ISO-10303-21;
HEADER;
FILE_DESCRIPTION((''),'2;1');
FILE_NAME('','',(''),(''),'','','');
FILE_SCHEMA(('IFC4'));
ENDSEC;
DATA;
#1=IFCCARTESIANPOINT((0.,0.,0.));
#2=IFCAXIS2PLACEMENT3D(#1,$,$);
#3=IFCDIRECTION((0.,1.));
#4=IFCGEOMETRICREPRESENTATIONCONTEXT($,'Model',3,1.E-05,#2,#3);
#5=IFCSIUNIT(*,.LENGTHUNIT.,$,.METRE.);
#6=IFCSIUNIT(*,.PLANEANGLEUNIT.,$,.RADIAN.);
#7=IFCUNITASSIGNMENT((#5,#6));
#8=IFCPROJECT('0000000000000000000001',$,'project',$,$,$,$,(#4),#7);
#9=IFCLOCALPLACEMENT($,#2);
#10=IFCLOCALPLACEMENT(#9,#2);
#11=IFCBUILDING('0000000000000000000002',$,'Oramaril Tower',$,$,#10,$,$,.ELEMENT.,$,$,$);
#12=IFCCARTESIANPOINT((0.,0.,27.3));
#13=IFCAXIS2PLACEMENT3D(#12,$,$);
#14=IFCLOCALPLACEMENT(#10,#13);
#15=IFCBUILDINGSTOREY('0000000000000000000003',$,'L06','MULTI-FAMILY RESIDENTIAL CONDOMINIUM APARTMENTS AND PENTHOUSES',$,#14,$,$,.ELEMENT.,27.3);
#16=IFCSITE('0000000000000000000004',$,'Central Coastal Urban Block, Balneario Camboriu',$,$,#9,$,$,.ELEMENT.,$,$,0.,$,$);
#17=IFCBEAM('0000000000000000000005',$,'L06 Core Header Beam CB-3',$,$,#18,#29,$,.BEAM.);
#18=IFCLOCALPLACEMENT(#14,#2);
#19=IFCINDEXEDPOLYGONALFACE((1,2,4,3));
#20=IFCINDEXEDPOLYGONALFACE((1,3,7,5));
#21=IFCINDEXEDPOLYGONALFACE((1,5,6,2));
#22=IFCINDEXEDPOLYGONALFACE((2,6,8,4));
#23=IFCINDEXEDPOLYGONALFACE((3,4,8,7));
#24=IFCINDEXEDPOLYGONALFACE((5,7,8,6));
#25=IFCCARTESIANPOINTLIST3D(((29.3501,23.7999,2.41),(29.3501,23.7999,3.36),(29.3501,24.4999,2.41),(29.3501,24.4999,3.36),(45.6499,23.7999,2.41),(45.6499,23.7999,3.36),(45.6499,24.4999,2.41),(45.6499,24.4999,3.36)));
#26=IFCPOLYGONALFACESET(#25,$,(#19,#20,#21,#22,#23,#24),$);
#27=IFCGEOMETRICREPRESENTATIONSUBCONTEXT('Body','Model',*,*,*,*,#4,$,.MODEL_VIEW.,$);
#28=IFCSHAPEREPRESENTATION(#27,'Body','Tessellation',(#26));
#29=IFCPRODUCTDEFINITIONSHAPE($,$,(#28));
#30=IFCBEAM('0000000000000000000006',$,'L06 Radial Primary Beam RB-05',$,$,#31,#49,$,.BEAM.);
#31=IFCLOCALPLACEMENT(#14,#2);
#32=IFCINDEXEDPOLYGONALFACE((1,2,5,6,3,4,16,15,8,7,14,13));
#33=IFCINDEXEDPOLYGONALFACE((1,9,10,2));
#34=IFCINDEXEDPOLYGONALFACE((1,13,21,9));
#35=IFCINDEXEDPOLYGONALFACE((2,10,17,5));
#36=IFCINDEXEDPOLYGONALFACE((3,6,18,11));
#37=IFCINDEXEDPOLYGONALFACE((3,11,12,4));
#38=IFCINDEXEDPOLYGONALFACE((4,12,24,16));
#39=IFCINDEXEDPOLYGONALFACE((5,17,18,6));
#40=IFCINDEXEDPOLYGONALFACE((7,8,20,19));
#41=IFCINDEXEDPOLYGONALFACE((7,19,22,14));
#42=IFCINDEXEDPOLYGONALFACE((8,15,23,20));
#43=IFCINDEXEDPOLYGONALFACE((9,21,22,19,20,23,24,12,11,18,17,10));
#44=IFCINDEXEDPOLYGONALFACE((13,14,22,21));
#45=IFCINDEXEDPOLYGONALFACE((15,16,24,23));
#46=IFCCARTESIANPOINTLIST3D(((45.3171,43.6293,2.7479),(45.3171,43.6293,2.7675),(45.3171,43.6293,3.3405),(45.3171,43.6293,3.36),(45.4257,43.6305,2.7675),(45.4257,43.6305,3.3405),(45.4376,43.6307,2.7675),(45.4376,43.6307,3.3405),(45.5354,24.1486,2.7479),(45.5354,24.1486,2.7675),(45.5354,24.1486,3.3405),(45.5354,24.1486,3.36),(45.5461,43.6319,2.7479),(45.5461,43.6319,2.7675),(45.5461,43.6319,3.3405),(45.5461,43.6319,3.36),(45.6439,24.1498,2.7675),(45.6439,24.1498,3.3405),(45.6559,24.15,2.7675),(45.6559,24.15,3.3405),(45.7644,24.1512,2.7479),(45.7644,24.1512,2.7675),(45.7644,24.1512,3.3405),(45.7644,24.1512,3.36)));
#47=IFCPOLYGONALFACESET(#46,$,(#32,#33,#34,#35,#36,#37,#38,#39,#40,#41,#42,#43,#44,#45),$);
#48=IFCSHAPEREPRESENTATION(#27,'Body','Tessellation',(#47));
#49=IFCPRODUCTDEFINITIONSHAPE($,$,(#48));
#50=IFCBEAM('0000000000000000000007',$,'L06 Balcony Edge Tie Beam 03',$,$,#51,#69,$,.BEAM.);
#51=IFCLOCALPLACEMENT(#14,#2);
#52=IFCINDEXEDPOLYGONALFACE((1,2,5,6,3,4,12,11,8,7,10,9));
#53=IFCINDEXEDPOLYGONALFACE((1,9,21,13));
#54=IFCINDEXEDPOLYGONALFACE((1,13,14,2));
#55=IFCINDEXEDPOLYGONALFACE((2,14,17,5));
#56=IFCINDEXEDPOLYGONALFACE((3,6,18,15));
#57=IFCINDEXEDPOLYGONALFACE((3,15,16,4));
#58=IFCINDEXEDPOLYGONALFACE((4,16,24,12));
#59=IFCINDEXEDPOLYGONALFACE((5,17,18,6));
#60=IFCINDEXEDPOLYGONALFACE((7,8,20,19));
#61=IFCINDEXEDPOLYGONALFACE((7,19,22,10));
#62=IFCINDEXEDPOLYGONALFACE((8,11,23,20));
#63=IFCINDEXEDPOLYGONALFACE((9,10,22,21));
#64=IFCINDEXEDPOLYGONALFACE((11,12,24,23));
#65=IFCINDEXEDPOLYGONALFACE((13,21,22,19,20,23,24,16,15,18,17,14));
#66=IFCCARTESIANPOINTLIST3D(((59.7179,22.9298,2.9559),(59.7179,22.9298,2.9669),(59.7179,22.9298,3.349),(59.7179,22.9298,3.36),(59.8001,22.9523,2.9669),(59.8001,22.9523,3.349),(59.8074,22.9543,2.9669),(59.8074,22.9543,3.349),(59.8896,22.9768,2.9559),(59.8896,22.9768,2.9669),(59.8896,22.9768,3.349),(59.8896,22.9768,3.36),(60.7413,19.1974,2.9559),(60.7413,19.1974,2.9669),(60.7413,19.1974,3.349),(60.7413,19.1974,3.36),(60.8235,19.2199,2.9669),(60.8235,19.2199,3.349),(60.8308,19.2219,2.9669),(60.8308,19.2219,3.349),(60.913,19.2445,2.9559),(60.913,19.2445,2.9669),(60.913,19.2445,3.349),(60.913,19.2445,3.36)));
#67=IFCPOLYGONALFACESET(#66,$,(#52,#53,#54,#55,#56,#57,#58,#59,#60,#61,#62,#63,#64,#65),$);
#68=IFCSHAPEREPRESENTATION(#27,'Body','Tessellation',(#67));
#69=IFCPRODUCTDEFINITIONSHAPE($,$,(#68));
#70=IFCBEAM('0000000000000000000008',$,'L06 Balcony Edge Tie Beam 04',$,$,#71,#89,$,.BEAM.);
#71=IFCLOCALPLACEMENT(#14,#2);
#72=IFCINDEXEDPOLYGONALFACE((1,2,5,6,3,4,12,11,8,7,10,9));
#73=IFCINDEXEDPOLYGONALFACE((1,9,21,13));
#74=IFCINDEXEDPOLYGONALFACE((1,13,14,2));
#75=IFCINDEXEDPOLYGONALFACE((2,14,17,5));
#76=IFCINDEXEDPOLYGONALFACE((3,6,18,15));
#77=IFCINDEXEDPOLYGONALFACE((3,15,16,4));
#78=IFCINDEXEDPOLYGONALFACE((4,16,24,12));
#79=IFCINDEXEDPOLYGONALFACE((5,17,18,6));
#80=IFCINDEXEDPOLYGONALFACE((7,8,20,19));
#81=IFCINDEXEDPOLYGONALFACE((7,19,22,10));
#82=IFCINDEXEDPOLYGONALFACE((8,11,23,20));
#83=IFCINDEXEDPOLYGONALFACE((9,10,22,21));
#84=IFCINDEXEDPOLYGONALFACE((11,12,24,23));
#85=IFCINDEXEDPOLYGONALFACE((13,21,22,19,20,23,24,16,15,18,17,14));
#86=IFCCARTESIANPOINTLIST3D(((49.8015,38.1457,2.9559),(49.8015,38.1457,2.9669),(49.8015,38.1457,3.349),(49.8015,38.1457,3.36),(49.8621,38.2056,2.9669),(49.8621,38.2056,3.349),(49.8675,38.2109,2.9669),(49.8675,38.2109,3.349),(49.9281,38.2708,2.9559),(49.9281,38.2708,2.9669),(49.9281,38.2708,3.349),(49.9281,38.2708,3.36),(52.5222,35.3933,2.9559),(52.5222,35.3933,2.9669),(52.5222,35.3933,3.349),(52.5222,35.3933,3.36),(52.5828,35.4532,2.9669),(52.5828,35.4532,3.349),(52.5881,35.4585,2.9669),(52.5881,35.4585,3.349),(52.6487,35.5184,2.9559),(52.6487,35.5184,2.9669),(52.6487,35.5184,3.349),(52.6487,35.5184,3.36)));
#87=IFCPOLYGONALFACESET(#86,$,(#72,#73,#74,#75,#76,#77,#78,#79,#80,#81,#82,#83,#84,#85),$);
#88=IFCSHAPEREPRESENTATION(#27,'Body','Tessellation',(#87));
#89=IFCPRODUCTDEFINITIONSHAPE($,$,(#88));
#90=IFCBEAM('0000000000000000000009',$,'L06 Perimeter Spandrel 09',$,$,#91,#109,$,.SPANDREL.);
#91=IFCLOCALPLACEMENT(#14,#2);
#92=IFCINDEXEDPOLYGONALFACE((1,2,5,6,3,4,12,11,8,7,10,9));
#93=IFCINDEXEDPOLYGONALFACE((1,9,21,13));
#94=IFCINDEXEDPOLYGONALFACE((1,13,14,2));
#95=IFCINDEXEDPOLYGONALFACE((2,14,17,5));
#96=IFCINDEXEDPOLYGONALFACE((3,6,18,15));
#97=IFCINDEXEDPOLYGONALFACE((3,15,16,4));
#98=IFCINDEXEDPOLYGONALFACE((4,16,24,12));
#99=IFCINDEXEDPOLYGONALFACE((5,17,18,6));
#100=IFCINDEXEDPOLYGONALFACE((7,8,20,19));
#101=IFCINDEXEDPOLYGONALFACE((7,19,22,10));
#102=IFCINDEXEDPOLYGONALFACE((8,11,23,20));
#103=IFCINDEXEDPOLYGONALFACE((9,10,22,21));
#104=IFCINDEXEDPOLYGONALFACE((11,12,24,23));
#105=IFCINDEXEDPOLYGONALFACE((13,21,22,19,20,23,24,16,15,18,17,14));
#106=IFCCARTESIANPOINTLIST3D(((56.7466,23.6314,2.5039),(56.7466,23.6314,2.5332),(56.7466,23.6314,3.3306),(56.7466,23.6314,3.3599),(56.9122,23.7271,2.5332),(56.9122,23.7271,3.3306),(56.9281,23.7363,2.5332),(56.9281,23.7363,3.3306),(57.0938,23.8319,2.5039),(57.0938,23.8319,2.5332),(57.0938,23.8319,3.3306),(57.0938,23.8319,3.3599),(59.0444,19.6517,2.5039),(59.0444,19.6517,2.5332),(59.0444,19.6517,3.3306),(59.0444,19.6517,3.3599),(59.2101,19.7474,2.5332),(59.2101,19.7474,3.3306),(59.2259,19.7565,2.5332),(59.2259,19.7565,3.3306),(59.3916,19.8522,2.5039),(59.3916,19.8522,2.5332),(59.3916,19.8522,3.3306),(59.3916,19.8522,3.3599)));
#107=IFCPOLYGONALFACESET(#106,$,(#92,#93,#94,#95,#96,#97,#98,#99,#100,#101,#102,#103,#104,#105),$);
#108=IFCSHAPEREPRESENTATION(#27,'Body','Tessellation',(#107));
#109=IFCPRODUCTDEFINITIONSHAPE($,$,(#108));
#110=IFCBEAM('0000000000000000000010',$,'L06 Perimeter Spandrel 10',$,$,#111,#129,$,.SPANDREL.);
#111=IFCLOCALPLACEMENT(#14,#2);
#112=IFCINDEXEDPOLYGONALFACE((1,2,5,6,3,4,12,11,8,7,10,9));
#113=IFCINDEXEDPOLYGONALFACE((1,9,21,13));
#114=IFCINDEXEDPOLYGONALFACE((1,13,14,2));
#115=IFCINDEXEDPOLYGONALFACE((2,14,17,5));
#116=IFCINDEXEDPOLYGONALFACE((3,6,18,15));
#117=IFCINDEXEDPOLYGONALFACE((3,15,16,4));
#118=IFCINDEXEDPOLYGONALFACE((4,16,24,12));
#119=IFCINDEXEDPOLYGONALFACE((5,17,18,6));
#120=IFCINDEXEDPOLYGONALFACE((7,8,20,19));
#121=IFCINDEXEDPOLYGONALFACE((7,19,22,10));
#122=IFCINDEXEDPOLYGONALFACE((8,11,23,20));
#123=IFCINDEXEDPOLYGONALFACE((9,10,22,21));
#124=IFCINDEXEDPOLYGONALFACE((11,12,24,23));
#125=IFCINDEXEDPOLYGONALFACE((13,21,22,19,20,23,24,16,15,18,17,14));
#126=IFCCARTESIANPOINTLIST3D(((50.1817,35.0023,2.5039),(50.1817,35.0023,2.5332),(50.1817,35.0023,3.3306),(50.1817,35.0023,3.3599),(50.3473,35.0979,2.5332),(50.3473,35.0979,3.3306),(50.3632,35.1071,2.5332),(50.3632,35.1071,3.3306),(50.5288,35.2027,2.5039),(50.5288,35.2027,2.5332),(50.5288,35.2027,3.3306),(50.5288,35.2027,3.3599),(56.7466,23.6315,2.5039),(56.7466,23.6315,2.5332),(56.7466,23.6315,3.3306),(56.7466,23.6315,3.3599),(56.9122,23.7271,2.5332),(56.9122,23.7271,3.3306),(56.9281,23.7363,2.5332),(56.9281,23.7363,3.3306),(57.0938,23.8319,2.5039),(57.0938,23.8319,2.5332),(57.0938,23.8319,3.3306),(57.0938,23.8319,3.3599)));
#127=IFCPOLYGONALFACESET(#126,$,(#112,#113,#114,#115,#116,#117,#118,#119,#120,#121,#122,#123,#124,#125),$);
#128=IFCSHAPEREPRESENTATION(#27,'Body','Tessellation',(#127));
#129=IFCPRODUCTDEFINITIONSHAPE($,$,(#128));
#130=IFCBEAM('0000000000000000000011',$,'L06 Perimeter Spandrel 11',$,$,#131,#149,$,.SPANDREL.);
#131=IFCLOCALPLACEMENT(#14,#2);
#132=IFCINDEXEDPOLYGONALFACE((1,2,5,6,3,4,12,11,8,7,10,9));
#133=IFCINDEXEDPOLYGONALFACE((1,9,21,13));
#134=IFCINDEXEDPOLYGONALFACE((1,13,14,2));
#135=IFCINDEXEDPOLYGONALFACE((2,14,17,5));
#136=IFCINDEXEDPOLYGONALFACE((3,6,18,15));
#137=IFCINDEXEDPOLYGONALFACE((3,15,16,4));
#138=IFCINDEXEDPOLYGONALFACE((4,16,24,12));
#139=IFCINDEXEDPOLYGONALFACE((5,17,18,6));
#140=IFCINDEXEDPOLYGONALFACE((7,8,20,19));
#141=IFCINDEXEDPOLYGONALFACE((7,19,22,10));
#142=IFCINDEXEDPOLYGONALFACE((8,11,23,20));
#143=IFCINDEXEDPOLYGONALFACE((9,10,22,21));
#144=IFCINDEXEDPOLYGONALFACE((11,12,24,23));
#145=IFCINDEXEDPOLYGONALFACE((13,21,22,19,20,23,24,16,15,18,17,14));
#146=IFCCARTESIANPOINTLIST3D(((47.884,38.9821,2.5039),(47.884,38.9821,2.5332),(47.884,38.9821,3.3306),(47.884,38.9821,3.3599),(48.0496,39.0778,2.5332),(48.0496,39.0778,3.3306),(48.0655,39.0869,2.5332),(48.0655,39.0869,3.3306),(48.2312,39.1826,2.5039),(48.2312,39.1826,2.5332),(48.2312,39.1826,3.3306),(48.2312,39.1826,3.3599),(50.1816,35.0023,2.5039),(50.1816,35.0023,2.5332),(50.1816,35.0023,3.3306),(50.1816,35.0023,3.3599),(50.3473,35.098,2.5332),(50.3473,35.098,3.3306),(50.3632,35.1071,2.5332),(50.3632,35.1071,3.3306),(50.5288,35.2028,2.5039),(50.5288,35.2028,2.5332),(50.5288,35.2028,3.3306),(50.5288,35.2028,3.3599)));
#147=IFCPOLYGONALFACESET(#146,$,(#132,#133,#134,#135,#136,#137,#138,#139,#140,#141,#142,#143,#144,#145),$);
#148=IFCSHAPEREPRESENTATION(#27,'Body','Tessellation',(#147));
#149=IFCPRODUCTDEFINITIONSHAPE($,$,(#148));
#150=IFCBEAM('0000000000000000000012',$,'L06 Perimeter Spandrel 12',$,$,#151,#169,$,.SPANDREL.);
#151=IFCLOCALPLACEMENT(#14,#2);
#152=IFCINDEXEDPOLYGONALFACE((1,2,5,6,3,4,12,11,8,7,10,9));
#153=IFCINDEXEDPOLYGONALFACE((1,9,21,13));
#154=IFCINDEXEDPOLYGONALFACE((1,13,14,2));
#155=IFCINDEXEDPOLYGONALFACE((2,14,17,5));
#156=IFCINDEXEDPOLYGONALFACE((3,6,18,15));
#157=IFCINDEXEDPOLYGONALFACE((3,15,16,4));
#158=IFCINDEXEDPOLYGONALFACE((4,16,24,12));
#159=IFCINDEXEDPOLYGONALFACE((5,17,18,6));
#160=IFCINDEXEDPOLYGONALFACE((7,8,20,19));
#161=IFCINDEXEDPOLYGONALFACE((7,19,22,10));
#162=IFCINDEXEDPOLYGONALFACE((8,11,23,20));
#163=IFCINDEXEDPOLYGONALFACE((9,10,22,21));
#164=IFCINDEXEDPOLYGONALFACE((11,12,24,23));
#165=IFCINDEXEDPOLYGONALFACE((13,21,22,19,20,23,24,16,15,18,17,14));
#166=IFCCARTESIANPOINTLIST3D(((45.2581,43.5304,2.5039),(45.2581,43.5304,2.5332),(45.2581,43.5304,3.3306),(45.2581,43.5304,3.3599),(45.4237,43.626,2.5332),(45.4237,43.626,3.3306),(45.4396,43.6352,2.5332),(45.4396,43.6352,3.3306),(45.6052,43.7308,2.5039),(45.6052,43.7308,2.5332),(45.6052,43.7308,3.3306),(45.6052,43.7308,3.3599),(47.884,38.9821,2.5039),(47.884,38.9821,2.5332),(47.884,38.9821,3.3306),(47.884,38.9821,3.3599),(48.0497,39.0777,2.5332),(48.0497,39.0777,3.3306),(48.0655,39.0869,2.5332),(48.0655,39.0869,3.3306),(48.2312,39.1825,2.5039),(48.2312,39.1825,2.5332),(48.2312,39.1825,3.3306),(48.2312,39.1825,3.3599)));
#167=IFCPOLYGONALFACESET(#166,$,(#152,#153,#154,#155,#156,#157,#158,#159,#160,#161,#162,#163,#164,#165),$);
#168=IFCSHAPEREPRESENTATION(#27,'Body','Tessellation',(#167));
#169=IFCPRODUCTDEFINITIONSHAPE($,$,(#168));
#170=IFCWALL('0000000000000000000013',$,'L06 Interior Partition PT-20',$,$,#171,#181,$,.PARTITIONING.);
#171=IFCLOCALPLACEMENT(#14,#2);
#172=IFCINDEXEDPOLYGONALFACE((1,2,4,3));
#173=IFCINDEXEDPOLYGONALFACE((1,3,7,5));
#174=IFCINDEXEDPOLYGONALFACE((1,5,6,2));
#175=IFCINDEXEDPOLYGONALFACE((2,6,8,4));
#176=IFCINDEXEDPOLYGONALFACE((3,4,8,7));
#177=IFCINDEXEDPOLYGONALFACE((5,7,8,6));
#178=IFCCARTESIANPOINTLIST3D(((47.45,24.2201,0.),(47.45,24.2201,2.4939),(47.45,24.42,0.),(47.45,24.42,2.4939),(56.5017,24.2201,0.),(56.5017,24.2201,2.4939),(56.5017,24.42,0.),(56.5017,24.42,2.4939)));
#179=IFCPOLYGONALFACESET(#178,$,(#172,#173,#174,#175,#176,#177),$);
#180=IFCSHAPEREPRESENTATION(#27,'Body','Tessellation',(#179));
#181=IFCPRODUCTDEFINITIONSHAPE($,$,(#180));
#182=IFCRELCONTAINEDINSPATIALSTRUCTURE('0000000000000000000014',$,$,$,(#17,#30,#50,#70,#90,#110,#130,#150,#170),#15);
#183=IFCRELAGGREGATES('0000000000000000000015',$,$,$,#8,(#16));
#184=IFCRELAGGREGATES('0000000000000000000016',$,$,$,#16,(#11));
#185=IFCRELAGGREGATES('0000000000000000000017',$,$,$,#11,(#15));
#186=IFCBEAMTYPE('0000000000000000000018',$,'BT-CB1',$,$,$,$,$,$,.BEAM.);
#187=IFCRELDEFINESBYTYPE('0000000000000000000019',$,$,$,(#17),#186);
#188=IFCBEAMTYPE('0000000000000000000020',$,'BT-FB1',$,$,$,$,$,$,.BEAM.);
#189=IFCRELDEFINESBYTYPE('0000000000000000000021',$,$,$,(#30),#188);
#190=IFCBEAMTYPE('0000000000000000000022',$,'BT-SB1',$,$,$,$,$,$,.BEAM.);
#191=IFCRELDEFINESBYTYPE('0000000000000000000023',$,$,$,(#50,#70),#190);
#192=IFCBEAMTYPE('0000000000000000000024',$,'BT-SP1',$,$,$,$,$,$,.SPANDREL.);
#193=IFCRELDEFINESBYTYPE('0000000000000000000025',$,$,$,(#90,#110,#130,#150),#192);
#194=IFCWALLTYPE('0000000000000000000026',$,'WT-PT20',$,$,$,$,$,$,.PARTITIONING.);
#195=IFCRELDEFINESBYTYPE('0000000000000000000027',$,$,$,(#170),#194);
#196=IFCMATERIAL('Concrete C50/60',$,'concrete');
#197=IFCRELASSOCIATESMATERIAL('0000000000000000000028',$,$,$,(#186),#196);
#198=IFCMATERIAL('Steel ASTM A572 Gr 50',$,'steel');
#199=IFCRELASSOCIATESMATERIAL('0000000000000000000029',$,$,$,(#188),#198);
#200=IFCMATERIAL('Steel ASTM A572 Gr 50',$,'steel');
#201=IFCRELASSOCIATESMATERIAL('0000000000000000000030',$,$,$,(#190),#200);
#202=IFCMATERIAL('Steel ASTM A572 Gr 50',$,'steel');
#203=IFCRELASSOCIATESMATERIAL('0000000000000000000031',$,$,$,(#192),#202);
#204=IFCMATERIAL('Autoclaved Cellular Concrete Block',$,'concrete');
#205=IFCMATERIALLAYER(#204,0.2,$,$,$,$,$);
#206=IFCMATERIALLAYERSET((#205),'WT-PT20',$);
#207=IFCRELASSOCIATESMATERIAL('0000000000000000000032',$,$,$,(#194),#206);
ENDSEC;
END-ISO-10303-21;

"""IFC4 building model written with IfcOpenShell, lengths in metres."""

from ifc_helpers import new_model, si_unit, direction, frame, frame_2d, origin, origin_2d, place, context, subcontext, project, spatial, rectangle, i_section, extrude, material, layer, layer_set, material_profile, profile_set, type_object, element, save


model = new_model("IFC4")

# Units and contexts
model_context = context("Model", 3, precision=1e-05, world=origin(), true_north=direction((0.0, 1.0)))
body_context = subcontext(model_context, "Body", "Model", "MODEL_VIEW")
ifc_project = project(units=[si_unit("LENGTHUNIT", "METRE"), si_unit("PLANEANGLEUNIT", "RADIAN")], contexts=[model_context])

# Site, building, storey
site_placement = place(None, origin())
site = spatial("IfcSite", under=ifc_project, at=site_placement, Name="Central Coastal Urban Block, Balneario Camboriu", CompositionType="ELEMENT", RefElevation=0.0)
building_placement = place(site_placement, origin())
building = spatial("IfcBuilding", under=site, at=building_placement, Name="Oramaril Tower", CompositionType="ELEMENT")
storey_placement = place(building_placement, frame((0.0, 0.0, 27.3)))
storey = spatial("IfcBuildingStorey", under=building, at=storey_placement, Name="L06", Description="MULTI-FAMILY RESIDENTIAL CONDOMINIUM APARTMENTS AND PENTHOUSES", CompositionType="ELEMENT", Elevation=27.3)

# Beams
ifc_material_1 = material(Name="Concrete C50/60", Category="concrete")
ifc_material_profile_1 = material_profile(ifc_material_1, rectangle(XDim=0.7, YDim=0.95, at=origin_2d()), Name="CB700X950")
ifc_profile_set_1 = profile_set([ifc_material_profile_1], Name="Concrete C50/60")
beam_type_1 = type_object("IfcBeamType", Name="BT-CB1", PredefinedType="BEAM", material=ifc_profile_set_1)
beam_1_placement = place(storey_placement, frame((45.6499, 24.1499, 2.885), z_axis=(-1.0, 0.0, 0.0), x_axis=(0.0, -1.0, 0.0)))
element("IfcBeam", 1, at=beam_1_placement, inside=storey, type_object=beam_type_1, Name="L06 Core Header Beam CB-3", PredefinedType="BEAM", context=body_context, shape_type="SweptSolid", body=[
    extrude(rectangle(XDim=0.7, YDim=0.95, at=origin_2d()), origin(), (0.0, 0.0, 1.0), 16.2998),
])
ifc_material_2 = material(Name="Steel ASTM A572 Gr 50", Category="steel")
ifc_material_profile_2 = material_profile(ifc_material_2, i_section(OverallWidth=0.229, OverallDepth=0.6121, WebThickness=0.012, FlangeThickness=0.0195, at=origin_2d()), Name="W24X84")
ifc_profile_set_2 = profile_set([ifc_material_profile_2], Name="Steel ASTM A572 Gr 50")
beam_type_2 = type_object("IfcBeamType", Name="BT-FB1", PredefinedType="BEAM", material=ifc_profile_set_2)
beam_2_placement = place(storey_placement, frame((45.6499, 24.1499, 3.054), z_axis=(-0.011203, 0.999937, 0.0), x_axis=(-0.999937, -0.011203, 0.0)))
element("IfcBeam", 2, at=beam_2_placement, inside=storey, type_object=beam_type_2, Name="L06 Radial Primary Beam RB-05", PredefinedType="BEAM", context=body_context, shape_type="SweptSolid", body=[
    extrude(i_section(OverallWidth=0.229, OverallDepth=0.6121, WebThickness=0.012, FlangeThickness=0.0195, at=origin_2d()), origin(), (0.0, 0.0, 1.0), 19.4819),
])
ifc_material_3 = material(Name="Steel ASTM A572 Gr 50", Category="steel")
ifc_material_profile_3 = material_profile(ifc_material_3, i_section(OverallWidth=0.178, OverallDepth=0.4041, WebThickness=0.0076, FlangeThickness=0.011, at=origin_2d()), Name="W16X36")
ifc_profile_set_3 = profile_set([ifc_material_profile_3], Name="Steel ASTM A572 Gr 50")
beam_type_3 = type_object("IfcBeamType", Name="BT-SB1", PredefinedType="BEAM", material=ifc_profile_set_3)
for number, where, z_axis, x_axis, name in (
    (3, (60.8271, 19.2209, 3.158), (-0.264441, 0.964402, 0.0), (-0.964402, -0.264441, 0.0), "L06 Balcony Edge Tie Beam 03"),
    (4, (52.5854, 35.4558, 3.158), (-0.702995, 0.711195, 0.0), (-0.711195, -0.702995, 0.0), "L06 Balcony Edge Tie Beam 04"),
):
    element("IfcBeam", number, at=place(storey_placement, frame(where, z_axis=z_axis, x_axis=x_axis)), inside=storey, type_object=beam_type_3, Name=name, PredefinedType="BEAM", context=body_context, shape_type="SweptSolid", body=[
        extrude(i_section(OverallWidth=0.178, OverallDepth=0.4041, WebThickness=0.0076, FlangeThickness=0.011, at=origin_2d()), origin(), (0.0, 0.0, 1.0), 3.8701),
    ])
ifc_material_4 = material(Name="Steel ASTM A572 Gr 50", Category="steel")
ifc_material_profile_4 = material_profile(ifc_material_4, i_section(OverallWidth=0.4009, OverallDepth=0.856, WebThickness=0.0183, FlangeThickness=0.0293, at=origin_2d()), Name="W33X201")
ifc_profile_set_4 = profile_set([ifc_material_profile_4], Name="Steel ASTM A572 Gr 50")
beam_type_4 = type_object("IfcBeamType", Name="BT-SP1", PredefinedType="SPANDREL", material=ifc_profile_set_4)
beam_3_placement = place(storey_placement, frame((59.218, 19.752, 2.9319), z_axis=(-0.500024, 0.866011, 0.0), x_axis=(-0.866011, -0.500024, 0.0)))
element("IfcBeam", 5, at=beam_3_placement, inside=storey, type_object=beam_type_4, Name="L06 Perimeter Spandrel 09", PredefinedType="SPANDREL", context=body_context, shape_type="SweptSolid", body=[
    extrude(i_section(OverallWidth=0.4009, OverallDepth=0.856, WebThickness=0.0183, FlangeThickness=0.0293, at=origin_2d()), origin(), (0.0, 0.0, 1.0), 4.5955),
])
beam_4_placement = place(storey_placement, frame((56.9202, 23.7317, 2.9319), z_axis=(-0.499999, 0.866026, 0.0), x_axis=(-0.866026, -0.499999, 0.0)))
element("IfcBeam", 6, at=beam_4_placement, inside=storey, type_object=beam_type_4, Name="L06 Perimeter Spandrel 10", PredefinedType="SPANDREL", context=body_context, shape_type="SweptSolid", body=[
    extrude(i_section(OverallWidth=0.4009, OverallDepth=0.856, WebThickness=0.0183, FlangeThickness=0.0293, at=origin_2d()), origin(), (0.0, 0.0, 1.0), 13.1299),
])
beam_5_placement = place(storey_placement, frame((50.3552, 35.1025, 2.9319), z_axis=(-0.499985, 0.866034, 0.0), x_axis=(-0.866034, -0.499985, 0.0)))
element("IfcBeam", 7, at=beam_5_placement, inside=storey, type_object=beam_type_4, Name="L06 Perimeter Spandrel 11", PredefinedType="SPANDREL", context=body_context, shape_type="SweptSolid", body=[
    extrude(i_section(OverallWidth=0.4009, OverallDepth=0.856, WebThickness=0.0183, FlangeThickness=0.0293, at=origin_2d()), origin(), (0.0, 0.0, 1.0), 4.5955),
])
beam_6_placement = place(storey_placement, frame((48.0576, 39.0823, 2.9319), z_axis=(-0.499999, 0.866026, 0.0), x_axis=(-0.866026, -0.499999, 0.0)))
element("IfcBeam", 8, at=beam_6_placement, inside=storey, type_object=beam_type_4, Name="L06 Perimeter Spandrel 12", PredefinedType="SPANDREL", context=body_context, shape_type="SweptSolid", body=[
    extrude(i_section(OverallWidth=0.4009, OverallDepth=0.856, WebThickness=0.0183, FlangeThickness=0.0293, at=origin_2d()), origin(), (0.0, 0.0, 1.0), 5.252),
])

# Wall
ifc_material_5 = material(Name="Autoclaved Cellular Concrete Block", Category="concrete")
ifc_layer_1 = layer(ifc_material_5, 0.2)
ifc_layer_set_1 = layer_set([ifc_layer_1], Name="WT-PT20")
wall_type = type_object("IfcWallType", Name="WT-PT20", PredefinedType="PARTITIONING", material=ifc_layer_set_1)
wall_1_placement = place(storey_placement, frame((47.45, 24.3201, 0.0), z_axis=(0.0, 0.0, 1.0), x_axis=(1.0, 0.0, 0.0)))
element("IfcWall", 9, at=wall_1_placement, inside=storey, type_object=wall_type, Name="L06 Interior Partition PT-20", PredefinedType="PARTITIONING", context=body_context, shape_type="SweptSolid", body=[
    extrude(rectangle(XDim=9.0518, YDim=0.2, at=frame_2d((4.5259, 0.0))), origin(), (0.0, 0.0, 1.0), 2.4939),
])

save(model, "model.ifc")
